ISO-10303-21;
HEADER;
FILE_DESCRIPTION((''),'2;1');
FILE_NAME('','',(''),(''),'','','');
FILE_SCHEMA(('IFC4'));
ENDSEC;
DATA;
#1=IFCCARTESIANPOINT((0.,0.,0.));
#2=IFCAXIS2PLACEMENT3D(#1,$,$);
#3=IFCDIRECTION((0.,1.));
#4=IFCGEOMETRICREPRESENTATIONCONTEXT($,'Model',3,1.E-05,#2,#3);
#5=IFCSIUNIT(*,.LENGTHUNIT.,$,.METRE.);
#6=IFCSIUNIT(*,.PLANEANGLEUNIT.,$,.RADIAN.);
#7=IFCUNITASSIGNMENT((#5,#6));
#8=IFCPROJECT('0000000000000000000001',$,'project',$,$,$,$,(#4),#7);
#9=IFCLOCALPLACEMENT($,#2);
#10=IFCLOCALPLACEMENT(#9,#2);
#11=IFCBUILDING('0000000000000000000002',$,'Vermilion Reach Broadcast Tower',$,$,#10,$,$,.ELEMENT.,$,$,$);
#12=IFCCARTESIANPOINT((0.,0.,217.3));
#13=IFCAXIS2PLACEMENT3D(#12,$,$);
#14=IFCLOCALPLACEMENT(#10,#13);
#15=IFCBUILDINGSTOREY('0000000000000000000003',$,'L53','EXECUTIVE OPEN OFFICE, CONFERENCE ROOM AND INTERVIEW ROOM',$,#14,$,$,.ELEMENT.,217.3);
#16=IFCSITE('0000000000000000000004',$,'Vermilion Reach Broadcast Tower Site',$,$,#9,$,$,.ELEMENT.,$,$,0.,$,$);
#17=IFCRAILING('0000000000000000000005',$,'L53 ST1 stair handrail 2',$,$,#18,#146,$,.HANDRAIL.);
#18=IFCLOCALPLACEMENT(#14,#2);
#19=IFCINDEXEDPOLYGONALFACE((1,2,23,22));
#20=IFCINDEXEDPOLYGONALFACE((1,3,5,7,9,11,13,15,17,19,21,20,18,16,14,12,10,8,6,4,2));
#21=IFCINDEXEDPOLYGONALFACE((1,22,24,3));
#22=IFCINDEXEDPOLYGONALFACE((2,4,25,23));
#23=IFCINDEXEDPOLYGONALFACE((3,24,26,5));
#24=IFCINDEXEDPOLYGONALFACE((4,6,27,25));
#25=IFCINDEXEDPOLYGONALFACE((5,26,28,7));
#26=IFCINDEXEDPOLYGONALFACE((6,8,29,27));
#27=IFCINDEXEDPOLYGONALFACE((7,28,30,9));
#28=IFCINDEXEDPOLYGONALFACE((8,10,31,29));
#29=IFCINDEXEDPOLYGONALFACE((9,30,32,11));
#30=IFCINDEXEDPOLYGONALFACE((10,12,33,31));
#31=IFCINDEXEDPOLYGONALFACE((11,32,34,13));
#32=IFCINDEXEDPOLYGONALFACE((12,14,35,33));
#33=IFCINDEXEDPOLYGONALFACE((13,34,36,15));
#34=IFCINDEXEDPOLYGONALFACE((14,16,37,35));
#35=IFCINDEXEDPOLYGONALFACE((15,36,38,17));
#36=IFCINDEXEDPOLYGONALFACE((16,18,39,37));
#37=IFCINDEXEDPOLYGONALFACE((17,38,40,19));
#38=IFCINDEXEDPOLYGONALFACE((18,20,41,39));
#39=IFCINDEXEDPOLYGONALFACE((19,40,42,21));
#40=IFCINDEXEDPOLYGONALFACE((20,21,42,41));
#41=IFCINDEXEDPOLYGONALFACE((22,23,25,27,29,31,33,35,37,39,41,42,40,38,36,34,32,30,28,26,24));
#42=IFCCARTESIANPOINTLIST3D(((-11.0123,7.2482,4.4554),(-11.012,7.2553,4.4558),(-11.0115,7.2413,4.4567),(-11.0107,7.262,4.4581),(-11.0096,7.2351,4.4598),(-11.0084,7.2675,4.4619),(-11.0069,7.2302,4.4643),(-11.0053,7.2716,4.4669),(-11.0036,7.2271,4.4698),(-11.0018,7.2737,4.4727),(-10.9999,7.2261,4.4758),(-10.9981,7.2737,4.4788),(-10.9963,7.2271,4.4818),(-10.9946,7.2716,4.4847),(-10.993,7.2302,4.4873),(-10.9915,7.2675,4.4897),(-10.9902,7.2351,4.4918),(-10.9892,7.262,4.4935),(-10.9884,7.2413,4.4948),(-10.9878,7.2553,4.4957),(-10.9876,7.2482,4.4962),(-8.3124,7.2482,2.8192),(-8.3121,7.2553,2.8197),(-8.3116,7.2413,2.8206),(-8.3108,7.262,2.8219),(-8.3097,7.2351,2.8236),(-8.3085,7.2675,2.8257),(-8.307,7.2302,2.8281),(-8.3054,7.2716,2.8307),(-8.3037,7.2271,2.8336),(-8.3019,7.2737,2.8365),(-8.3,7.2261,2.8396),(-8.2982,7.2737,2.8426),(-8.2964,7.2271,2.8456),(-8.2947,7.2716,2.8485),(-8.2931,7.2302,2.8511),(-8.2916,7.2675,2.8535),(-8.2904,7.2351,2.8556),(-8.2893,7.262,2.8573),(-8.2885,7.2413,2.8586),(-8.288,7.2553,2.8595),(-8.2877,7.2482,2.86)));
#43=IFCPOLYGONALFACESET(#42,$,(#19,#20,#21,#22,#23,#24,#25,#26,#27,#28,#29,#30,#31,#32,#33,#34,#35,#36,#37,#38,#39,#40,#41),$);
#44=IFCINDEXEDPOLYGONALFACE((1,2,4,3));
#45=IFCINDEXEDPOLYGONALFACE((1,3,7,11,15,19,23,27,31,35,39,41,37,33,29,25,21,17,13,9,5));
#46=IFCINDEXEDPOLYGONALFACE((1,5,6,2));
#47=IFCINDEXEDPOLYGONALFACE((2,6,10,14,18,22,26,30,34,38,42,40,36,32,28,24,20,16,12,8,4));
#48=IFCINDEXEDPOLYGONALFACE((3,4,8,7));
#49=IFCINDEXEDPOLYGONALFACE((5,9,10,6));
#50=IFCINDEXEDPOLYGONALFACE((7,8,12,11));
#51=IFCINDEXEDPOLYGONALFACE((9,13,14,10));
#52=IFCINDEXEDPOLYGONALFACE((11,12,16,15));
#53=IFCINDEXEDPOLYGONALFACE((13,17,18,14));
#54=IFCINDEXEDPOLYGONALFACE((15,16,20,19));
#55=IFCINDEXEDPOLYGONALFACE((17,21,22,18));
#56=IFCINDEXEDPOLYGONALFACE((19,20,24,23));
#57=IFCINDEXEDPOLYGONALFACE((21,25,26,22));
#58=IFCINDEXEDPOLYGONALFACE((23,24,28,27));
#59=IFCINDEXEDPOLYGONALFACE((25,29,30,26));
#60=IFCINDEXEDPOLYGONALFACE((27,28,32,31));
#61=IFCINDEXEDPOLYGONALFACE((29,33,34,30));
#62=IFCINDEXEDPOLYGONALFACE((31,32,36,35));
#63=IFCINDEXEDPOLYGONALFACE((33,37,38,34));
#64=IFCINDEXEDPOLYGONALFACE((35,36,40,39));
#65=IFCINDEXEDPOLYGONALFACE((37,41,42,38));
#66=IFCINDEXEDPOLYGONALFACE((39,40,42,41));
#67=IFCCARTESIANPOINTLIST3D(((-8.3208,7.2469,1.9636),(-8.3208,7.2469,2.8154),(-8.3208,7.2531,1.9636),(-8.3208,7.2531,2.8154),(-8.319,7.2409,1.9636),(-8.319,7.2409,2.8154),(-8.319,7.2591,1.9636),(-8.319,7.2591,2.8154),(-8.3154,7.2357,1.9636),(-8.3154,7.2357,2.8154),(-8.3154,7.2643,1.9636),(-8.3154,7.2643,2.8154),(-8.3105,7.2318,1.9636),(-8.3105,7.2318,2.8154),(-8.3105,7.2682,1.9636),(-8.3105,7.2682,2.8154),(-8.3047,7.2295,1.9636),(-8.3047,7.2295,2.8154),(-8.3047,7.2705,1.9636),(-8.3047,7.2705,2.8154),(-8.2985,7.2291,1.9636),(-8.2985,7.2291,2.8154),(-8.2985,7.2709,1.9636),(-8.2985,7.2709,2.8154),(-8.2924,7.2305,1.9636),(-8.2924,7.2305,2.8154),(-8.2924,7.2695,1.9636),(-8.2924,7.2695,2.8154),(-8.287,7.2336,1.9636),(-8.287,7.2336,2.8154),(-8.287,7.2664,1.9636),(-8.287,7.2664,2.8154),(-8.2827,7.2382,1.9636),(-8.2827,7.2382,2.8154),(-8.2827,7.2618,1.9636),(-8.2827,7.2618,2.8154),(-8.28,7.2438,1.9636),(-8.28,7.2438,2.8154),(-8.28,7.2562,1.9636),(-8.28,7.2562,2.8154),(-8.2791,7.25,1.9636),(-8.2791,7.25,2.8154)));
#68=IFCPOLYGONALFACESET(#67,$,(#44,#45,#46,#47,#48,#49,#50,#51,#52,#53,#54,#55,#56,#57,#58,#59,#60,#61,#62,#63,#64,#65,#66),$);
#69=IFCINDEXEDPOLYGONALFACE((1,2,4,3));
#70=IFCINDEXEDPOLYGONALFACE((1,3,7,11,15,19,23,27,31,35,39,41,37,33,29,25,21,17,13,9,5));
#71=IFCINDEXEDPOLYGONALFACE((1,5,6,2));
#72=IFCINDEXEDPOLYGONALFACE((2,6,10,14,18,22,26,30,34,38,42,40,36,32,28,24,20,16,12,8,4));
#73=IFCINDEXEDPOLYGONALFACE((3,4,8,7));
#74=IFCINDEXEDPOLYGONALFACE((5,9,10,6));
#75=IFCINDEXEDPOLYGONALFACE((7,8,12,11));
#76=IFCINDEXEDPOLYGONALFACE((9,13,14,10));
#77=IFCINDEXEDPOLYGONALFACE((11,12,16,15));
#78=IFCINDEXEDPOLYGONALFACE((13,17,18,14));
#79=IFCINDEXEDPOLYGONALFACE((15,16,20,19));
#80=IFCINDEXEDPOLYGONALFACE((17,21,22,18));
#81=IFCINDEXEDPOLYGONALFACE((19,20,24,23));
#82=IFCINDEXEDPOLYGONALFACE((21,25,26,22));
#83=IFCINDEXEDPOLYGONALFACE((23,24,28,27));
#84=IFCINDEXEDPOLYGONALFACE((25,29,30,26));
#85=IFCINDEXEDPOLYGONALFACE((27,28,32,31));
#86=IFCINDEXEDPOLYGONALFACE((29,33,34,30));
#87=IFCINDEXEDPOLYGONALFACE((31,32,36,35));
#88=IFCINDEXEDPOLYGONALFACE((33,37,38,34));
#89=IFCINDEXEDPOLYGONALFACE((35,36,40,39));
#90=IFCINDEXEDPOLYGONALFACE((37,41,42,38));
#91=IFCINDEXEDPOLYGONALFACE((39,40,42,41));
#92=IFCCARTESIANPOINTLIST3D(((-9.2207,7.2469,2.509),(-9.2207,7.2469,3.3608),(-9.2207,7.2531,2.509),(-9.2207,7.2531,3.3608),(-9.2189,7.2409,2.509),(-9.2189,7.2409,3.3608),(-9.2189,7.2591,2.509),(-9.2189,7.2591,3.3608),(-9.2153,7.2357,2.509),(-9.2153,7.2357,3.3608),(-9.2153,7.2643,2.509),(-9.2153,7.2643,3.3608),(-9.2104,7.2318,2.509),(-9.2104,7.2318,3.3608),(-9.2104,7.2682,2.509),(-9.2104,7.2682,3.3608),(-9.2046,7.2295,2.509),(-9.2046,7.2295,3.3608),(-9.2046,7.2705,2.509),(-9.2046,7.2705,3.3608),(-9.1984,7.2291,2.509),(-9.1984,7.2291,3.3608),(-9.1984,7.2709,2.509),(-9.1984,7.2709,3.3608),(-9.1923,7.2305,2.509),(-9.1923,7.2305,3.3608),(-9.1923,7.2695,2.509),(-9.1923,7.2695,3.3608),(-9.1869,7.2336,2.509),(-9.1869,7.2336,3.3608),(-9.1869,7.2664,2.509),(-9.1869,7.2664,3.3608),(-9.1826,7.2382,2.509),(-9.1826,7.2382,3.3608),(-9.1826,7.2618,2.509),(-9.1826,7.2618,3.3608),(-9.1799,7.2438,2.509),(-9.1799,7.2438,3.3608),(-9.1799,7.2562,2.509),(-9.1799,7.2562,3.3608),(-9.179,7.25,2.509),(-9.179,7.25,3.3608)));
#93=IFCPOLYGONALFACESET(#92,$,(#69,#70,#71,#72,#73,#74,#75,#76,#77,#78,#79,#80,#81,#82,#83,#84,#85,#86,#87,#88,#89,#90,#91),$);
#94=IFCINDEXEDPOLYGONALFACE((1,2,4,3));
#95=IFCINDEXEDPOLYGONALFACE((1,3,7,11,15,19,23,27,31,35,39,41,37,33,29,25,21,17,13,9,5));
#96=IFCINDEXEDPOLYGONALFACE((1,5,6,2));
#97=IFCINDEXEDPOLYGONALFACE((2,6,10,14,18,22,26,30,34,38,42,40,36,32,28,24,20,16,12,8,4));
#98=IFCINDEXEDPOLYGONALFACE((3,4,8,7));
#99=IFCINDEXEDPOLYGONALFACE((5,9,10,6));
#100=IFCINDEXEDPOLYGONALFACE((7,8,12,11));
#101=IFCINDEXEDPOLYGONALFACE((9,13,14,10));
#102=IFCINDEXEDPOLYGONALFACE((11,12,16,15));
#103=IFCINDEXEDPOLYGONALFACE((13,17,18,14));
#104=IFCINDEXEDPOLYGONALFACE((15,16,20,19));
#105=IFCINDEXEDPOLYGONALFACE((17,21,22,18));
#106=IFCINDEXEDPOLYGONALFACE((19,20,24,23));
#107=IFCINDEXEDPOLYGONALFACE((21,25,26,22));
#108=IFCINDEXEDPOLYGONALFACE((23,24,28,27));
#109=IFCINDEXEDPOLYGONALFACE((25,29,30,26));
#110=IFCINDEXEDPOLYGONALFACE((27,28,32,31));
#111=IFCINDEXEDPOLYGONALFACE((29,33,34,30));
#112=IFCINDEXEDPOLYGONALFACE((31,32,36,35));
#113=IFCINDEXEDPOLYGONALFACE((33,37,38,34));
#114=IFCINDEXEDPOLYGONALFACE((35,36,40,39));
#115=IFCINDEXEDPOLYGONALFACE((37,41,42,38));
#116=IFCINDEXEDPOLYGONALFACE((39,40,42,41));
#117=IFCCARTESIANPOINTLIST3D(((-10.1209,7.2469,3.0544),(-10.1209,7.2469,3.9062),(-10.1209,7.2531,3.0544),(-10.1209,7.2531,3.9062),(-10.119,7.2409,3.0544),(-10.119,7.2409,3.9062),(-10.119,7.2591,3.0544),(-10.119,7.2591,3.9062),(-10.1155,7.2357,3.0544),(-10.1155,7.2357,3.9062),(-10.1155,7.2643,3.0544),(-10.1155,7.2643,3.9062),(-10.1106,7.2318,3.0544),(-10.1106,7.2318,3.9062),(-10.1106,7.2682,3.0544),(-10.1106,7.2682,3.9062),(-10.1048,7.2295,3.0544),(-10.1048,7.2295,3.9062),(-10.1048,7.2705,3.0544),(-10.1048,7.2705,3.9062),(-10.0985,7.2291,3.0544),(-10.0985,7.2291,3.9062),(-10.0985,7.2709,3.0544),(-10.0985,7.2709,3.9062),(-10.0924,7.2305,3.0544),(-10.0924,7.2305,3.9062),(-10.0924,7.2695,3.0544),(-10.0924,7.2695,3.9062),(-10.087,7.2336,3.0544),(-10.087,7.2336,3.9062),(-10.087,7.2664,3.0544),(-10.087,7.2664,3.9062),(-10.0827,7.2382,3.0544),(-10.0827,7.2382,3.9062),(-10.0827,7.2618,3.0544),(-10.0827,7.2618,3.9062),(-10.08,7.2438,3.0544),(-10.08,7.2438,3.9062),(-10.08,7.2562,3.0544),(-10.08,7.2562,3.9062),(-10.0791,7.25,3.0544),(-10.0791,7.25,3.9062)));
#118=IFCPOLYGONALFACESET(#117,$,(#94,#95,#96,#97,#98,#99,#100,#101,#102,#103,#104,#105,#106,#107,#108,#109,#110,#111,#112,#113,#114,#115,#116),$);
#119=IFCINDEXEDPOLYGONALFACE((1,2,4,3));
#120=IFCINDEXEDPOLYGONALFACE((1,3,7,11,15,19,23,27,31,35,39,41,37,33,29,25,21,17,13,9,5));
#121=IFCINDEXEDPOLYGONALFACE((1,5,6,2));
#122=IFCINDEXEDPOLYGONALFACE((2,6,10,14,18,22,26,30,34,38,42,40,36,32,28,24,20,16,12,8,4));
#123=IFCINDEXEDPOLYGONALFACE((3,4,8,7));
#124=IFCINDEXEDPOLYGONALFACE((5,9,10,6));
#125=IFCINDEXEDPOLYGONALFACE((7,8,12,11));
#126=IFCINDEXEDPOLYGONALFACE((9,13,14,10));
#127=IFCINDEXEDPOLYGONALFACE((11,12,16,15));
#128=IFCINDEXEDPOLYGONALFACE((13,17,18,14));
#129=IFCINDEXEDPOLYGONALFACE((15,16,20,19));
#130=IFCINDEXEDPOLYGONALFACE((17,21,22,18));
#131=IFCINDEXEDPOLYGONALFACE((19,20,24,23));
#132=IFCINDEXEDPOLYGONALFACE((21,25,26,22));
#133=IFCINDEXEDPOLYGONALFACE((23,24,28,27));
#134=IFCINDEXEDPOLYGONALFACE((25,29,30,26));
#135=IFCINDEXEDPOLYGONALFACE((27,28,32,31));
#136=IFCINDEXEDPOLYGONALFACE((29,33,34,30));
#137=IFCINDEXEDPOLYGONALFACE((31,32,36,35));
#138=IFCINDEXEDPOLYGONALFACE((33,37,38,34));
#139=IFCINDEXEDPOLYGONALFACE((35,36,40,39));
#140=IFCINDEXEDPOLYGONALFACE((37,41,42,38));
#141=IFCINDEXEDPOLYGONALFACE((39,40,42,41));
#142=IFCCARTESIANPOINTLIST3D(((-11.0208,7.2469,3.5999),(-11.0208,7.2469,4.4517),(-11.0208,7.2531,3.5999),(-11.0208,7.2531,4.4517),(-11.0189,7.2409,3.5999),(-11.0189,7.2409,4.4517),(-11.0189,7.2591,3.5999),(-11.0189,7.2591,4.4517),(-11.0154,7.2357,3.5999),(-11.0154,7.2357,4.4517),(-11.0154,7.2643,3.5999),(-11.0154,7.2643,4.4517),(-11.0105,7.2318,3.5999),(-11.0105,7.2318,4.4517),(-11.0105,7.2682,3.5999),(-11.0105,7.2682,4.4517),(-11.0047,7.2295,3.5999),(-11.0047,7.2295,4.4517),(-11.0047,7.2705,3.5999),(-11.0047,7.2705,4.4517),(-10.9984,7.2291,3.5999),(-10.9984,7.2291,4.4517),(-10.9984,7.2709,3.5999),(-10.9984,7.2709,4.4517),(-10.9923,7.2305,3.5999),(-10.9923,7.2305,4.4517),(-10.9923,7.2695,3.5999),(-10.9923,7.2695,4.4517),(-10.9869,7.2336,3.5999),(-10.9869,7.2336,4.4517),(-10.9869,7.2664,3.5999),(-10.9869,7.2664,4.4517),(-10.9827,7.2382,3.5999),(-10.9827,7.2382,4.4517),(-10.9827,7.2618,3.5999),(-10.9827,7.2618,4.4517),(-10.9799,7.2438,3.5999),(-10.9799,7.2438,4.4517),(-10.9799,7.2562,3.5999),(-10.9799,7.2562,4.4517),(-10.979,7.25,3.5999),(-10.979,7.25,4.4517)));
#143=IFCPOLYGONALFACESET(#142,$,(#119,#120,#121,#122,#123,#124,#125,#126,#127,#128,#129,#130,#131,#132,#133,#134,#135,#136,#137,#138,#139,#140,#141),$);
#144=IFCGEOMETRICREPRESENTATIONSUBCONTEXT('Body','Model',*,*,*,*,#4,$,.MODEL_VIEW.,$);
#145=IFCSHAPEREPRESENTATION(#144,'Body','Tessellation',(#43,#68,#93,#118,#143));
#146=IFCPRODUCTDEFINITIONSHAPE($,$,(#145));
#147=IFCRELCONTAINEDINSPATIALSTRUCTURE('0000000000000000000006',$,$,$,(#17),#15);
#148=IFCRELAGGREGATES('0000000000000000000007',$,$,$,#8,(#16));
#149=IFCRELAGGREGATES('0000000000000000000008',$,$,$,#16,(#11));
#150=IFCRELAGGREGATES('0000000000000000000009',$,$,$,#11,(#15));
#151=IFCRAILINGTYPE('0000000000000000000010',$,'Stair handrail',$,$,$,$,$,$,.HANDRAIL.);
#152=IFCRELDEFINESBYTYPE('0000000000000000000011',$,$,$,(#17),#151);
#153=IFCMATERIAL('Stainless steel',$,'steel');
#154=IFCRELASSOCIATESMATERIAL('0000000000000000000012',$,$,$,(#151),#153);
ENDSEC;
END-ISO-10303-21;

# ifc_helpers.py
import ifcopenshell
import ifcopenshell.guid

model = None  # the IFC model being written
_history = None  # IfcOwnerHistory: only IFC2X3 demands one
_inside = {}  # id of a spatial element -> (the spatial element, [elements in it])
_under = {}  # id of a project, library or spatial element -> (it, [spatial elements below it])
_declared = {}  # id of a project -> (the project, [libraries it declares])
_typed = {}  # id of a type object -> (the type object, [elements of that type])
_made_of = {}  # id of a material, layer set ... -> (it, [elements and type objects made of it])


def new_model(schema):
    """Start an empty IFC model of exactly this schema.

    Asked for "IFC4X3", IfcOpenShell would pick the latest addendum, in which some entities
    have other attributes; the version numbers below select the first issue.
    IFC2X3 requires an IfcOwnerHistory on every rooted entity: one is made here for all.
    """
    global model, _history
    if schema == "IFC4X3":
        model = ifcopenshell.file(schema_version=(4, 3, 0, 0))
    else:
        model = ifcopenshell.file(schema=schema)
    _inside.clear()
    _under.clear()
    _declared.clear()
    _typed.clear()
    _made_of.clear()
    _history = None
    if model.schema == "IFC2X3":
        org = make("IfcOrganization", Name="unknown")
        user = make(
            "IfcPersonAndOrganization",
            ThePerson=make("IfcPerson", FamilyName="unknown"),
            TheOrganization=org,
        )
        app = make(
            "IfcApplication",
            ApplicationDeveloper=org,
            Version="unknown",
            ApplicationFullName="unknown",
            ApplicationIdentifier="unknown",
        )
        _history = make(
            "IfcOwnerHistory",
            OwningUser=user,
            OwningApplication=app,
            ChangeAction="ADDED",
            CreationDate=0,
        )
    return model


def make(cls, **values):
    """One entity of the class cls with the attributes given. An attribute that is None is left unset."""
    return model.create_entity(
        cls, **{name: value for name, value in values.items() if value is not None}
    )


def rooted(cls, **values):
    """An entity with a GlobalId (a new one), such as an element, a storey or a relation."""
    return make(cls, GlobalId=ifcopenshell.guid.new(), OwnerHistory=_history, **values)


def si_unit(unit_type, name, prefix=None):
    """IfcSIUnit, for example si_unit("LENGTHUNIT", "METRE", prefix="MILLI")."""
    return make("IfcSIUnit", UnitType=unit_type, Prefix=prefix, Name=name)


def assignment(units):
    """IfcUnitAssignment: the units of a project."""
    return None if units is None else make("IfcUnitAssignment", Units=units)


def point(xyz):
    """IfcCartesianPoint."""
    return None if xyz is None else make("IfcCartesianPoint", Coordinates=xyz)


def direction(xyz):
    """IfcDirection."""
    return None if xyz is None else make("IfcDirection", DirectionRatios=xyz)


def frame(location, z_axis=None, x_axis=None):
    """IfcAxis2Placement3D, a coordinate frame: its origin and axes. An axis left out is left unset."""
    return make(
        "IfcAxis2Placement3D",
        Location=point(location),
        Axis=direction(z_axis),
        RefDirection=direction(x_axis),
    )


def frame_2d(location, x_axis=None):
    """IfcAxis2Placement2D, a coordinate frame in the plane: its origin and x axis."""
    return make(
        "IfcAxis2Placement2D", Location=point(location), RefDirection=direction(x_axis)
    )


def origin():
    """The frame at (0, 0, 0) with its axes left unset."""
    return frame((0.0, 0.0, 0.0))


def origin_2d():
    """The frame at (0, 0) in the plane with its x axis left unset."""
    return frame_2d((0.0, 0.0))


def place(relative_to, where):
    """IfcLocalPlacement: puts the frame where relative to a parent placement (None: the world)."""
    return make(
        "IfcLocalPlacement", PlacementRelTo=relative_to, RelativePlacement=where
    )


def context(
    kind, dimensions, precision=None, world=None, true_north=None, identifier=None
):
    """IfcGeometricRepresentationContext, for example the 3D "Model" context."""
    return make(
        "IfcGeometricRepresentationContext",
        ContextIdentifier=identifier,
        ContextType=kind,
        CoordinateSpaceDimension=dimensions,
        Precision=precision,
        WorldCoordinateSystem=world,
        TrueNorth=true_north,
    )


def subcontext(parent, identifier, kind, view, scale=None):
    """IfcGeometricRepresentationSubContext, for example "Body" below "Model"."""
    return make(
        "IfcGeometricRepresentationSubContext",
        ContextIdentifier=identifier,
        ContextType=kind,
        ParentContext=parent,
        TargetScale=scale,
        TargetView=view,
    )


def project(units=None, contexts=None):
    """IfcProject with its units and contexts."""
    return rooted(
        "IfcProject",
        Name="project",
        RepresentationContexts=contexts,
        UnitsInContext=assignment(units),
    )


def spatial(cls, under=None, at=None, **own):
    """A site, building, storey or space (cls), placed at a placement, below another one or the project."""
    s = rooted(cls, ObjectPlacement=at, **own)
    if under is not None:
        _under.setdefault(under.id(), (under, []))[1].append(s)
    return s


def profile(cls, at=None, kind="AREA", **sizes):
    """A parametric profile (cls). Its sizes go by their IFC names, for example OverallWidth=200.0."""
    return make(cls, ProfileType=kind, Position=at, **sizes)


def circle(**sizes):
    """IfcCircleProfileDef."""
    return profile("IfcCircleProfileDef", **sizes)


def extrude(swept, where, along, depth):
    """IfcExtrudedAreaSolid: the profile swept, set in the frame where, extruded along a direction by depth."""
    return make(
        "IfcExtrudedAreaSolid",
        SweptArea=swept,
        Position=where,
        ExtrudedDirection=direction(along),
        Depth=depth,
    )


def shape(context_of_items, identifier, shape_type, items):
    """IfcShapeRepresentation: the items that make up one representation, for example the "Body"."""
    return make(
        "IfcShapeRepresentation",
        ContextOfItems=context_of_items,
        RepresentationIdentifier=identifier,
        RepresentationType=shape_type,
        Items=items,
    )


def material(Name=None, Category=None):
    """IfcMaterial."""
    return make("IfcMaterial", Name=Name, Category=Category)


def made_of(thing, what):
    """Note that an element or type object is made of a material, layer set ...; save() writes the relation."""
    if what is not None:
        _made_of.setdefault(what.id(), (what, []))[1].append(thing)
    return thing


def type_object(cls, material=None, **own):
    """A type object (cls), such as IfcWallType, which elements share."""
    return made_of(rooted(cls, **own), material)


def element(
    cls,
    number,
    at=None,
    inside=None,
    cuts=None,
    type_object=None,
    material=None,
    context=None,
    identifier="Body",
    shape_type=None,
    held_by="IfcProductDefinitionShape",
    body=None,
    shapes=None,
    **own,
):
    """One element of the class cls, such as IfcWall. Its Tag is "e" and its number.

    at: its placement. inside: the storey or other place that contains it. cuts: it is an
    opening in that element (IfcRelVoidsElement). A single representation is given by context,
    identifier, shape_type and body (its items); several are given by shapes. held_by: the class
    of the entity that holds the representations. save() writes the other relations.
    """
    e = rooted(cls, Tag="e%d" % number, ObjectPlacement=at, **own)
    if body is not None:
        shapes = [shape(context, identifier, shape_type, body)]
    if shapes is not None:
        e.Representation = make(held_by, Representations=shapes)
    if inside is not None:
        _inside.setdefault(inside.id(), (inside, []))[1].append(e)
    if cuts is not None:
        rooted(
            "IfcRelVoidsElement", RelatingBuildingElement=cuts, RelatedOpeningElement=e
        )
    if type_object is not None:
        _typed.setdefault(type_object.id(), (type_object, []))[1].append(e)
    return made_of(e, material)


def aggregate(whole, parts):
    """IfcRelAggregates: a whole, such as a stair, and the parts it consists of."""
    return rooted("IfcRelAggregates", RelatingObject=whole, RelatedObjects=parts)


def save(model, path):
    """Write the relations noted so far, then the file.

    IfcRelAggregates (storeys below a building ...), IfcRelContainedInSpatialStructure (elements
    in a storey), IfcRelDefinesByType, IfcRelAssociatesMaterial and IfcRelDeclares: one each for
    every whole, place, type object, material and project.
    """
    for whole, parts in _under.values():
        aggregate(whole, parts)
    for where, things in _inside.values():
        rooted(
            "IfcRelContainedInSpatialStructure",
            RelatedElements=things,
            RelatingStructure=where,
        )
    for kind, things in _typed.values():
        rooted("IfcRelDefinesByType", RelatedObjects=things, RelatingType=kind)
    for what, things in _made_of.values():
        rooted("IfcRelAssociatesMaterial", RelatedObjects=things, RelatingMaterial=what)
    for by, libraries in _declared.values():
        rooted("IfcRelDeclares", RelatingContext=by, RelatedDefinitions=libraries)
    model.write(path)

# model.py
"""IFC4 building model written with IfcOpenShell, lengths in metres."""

from ifc_helpers import new_model, si_unit, direction, frame, origin, origin_2d, place, context, subcontext, project, spatial, circle, extrude, material, type_object, element, save


model = new_model("IFC4")

# Units and contexts
model_context = context("Model", 3, precision=1e-05, world=origin(), true_north=direction((0.0, 1.0)))
body_context = subcontext(model_context, "Body", "Model", "MODEL_VIEW")
ifc_project = project(units=[si_unit("LENGTHUNIT", "METRE"), si_unit("PLANEANGLEUNIT", "RADIAN")], contexts=[model_context])

# Site, building, storey
site_placement = place(None, origin())
site = spatial("IfcSite", under=ifc_project, at=site_placement, Name="Vermilion Reach Broadcast Tower Site", CompositionType="ELEMENT", RefElevation=0.0)
building_placement = place(site_placement, origin())
building = spatial("IfcBuilding", under=site, at=building_placement, Name="Vermilion Reach Broadcast Tower", CompositionType="ELEMENT")
storey_placement = place(building_placement, frame((0.0, 0.0, 217.3)))
storey = spatial("IfcBuildingStorey", under=building, at=storey_placement, Name="L53", Description="EXECUTIVE OPEN OFFICE, CONFERENCE ROOM AND INTERVIEW ROOM", CompositionType="ELEMENT", Elevation=217.3)

# Railing
ifc_material_1 = material(Name="Stainless steel", Category="steel")
railing_type_1 = type_object("IfcRailingType", Name="Stair handrail", PredefinedType="HANDRAIL", material=ifc_material_1)
railing_1_placement = place(storey_placement, frame((-8.3, 7.25, 1.9636)))
element("IfcRailing", 1, at=railing_1_placement, inside=storey, type_object=railing_type_1, Name="L53 ST1 stair handrail 2", PredefinedType="HANDRAIL", context=body_context, shape_type="SweptSolid", body=[
    extrude(circle(Radius=0.0239, at=origin_2d()), frame((0.0, 0.0, 0.876), z_axis=(-0.855212, 0.0, 0.518278), x_axis=(0.0, -1.0, 0.0)), (0.0, 0.0, 1.0), 3.157),
    extrude(circle(Radius=0.021, at=origin_2d()), origin(), (0.0, 0.0, 1.0), 0.8518),
    extrude(circle(Radius=0.021, at=origin_2d()), frame((-0.8999, 0.0, 0.5454)), (0.0, 0.0, 1.0), 0.8518),
    extrude(circle(Radius=0.021, at=origin_2d()), frame((-1.8, 0.0, 1.0908)), (0.0, 0.0, 1.0), 0.8518),
    extrude(circle(Radius=0.021, at=origin_2d()), frame((-2.7, 0.0, 1.6362)), (0.0, 0.0, 1.0), 0.8518),
])

save(model, "model.ifc")
